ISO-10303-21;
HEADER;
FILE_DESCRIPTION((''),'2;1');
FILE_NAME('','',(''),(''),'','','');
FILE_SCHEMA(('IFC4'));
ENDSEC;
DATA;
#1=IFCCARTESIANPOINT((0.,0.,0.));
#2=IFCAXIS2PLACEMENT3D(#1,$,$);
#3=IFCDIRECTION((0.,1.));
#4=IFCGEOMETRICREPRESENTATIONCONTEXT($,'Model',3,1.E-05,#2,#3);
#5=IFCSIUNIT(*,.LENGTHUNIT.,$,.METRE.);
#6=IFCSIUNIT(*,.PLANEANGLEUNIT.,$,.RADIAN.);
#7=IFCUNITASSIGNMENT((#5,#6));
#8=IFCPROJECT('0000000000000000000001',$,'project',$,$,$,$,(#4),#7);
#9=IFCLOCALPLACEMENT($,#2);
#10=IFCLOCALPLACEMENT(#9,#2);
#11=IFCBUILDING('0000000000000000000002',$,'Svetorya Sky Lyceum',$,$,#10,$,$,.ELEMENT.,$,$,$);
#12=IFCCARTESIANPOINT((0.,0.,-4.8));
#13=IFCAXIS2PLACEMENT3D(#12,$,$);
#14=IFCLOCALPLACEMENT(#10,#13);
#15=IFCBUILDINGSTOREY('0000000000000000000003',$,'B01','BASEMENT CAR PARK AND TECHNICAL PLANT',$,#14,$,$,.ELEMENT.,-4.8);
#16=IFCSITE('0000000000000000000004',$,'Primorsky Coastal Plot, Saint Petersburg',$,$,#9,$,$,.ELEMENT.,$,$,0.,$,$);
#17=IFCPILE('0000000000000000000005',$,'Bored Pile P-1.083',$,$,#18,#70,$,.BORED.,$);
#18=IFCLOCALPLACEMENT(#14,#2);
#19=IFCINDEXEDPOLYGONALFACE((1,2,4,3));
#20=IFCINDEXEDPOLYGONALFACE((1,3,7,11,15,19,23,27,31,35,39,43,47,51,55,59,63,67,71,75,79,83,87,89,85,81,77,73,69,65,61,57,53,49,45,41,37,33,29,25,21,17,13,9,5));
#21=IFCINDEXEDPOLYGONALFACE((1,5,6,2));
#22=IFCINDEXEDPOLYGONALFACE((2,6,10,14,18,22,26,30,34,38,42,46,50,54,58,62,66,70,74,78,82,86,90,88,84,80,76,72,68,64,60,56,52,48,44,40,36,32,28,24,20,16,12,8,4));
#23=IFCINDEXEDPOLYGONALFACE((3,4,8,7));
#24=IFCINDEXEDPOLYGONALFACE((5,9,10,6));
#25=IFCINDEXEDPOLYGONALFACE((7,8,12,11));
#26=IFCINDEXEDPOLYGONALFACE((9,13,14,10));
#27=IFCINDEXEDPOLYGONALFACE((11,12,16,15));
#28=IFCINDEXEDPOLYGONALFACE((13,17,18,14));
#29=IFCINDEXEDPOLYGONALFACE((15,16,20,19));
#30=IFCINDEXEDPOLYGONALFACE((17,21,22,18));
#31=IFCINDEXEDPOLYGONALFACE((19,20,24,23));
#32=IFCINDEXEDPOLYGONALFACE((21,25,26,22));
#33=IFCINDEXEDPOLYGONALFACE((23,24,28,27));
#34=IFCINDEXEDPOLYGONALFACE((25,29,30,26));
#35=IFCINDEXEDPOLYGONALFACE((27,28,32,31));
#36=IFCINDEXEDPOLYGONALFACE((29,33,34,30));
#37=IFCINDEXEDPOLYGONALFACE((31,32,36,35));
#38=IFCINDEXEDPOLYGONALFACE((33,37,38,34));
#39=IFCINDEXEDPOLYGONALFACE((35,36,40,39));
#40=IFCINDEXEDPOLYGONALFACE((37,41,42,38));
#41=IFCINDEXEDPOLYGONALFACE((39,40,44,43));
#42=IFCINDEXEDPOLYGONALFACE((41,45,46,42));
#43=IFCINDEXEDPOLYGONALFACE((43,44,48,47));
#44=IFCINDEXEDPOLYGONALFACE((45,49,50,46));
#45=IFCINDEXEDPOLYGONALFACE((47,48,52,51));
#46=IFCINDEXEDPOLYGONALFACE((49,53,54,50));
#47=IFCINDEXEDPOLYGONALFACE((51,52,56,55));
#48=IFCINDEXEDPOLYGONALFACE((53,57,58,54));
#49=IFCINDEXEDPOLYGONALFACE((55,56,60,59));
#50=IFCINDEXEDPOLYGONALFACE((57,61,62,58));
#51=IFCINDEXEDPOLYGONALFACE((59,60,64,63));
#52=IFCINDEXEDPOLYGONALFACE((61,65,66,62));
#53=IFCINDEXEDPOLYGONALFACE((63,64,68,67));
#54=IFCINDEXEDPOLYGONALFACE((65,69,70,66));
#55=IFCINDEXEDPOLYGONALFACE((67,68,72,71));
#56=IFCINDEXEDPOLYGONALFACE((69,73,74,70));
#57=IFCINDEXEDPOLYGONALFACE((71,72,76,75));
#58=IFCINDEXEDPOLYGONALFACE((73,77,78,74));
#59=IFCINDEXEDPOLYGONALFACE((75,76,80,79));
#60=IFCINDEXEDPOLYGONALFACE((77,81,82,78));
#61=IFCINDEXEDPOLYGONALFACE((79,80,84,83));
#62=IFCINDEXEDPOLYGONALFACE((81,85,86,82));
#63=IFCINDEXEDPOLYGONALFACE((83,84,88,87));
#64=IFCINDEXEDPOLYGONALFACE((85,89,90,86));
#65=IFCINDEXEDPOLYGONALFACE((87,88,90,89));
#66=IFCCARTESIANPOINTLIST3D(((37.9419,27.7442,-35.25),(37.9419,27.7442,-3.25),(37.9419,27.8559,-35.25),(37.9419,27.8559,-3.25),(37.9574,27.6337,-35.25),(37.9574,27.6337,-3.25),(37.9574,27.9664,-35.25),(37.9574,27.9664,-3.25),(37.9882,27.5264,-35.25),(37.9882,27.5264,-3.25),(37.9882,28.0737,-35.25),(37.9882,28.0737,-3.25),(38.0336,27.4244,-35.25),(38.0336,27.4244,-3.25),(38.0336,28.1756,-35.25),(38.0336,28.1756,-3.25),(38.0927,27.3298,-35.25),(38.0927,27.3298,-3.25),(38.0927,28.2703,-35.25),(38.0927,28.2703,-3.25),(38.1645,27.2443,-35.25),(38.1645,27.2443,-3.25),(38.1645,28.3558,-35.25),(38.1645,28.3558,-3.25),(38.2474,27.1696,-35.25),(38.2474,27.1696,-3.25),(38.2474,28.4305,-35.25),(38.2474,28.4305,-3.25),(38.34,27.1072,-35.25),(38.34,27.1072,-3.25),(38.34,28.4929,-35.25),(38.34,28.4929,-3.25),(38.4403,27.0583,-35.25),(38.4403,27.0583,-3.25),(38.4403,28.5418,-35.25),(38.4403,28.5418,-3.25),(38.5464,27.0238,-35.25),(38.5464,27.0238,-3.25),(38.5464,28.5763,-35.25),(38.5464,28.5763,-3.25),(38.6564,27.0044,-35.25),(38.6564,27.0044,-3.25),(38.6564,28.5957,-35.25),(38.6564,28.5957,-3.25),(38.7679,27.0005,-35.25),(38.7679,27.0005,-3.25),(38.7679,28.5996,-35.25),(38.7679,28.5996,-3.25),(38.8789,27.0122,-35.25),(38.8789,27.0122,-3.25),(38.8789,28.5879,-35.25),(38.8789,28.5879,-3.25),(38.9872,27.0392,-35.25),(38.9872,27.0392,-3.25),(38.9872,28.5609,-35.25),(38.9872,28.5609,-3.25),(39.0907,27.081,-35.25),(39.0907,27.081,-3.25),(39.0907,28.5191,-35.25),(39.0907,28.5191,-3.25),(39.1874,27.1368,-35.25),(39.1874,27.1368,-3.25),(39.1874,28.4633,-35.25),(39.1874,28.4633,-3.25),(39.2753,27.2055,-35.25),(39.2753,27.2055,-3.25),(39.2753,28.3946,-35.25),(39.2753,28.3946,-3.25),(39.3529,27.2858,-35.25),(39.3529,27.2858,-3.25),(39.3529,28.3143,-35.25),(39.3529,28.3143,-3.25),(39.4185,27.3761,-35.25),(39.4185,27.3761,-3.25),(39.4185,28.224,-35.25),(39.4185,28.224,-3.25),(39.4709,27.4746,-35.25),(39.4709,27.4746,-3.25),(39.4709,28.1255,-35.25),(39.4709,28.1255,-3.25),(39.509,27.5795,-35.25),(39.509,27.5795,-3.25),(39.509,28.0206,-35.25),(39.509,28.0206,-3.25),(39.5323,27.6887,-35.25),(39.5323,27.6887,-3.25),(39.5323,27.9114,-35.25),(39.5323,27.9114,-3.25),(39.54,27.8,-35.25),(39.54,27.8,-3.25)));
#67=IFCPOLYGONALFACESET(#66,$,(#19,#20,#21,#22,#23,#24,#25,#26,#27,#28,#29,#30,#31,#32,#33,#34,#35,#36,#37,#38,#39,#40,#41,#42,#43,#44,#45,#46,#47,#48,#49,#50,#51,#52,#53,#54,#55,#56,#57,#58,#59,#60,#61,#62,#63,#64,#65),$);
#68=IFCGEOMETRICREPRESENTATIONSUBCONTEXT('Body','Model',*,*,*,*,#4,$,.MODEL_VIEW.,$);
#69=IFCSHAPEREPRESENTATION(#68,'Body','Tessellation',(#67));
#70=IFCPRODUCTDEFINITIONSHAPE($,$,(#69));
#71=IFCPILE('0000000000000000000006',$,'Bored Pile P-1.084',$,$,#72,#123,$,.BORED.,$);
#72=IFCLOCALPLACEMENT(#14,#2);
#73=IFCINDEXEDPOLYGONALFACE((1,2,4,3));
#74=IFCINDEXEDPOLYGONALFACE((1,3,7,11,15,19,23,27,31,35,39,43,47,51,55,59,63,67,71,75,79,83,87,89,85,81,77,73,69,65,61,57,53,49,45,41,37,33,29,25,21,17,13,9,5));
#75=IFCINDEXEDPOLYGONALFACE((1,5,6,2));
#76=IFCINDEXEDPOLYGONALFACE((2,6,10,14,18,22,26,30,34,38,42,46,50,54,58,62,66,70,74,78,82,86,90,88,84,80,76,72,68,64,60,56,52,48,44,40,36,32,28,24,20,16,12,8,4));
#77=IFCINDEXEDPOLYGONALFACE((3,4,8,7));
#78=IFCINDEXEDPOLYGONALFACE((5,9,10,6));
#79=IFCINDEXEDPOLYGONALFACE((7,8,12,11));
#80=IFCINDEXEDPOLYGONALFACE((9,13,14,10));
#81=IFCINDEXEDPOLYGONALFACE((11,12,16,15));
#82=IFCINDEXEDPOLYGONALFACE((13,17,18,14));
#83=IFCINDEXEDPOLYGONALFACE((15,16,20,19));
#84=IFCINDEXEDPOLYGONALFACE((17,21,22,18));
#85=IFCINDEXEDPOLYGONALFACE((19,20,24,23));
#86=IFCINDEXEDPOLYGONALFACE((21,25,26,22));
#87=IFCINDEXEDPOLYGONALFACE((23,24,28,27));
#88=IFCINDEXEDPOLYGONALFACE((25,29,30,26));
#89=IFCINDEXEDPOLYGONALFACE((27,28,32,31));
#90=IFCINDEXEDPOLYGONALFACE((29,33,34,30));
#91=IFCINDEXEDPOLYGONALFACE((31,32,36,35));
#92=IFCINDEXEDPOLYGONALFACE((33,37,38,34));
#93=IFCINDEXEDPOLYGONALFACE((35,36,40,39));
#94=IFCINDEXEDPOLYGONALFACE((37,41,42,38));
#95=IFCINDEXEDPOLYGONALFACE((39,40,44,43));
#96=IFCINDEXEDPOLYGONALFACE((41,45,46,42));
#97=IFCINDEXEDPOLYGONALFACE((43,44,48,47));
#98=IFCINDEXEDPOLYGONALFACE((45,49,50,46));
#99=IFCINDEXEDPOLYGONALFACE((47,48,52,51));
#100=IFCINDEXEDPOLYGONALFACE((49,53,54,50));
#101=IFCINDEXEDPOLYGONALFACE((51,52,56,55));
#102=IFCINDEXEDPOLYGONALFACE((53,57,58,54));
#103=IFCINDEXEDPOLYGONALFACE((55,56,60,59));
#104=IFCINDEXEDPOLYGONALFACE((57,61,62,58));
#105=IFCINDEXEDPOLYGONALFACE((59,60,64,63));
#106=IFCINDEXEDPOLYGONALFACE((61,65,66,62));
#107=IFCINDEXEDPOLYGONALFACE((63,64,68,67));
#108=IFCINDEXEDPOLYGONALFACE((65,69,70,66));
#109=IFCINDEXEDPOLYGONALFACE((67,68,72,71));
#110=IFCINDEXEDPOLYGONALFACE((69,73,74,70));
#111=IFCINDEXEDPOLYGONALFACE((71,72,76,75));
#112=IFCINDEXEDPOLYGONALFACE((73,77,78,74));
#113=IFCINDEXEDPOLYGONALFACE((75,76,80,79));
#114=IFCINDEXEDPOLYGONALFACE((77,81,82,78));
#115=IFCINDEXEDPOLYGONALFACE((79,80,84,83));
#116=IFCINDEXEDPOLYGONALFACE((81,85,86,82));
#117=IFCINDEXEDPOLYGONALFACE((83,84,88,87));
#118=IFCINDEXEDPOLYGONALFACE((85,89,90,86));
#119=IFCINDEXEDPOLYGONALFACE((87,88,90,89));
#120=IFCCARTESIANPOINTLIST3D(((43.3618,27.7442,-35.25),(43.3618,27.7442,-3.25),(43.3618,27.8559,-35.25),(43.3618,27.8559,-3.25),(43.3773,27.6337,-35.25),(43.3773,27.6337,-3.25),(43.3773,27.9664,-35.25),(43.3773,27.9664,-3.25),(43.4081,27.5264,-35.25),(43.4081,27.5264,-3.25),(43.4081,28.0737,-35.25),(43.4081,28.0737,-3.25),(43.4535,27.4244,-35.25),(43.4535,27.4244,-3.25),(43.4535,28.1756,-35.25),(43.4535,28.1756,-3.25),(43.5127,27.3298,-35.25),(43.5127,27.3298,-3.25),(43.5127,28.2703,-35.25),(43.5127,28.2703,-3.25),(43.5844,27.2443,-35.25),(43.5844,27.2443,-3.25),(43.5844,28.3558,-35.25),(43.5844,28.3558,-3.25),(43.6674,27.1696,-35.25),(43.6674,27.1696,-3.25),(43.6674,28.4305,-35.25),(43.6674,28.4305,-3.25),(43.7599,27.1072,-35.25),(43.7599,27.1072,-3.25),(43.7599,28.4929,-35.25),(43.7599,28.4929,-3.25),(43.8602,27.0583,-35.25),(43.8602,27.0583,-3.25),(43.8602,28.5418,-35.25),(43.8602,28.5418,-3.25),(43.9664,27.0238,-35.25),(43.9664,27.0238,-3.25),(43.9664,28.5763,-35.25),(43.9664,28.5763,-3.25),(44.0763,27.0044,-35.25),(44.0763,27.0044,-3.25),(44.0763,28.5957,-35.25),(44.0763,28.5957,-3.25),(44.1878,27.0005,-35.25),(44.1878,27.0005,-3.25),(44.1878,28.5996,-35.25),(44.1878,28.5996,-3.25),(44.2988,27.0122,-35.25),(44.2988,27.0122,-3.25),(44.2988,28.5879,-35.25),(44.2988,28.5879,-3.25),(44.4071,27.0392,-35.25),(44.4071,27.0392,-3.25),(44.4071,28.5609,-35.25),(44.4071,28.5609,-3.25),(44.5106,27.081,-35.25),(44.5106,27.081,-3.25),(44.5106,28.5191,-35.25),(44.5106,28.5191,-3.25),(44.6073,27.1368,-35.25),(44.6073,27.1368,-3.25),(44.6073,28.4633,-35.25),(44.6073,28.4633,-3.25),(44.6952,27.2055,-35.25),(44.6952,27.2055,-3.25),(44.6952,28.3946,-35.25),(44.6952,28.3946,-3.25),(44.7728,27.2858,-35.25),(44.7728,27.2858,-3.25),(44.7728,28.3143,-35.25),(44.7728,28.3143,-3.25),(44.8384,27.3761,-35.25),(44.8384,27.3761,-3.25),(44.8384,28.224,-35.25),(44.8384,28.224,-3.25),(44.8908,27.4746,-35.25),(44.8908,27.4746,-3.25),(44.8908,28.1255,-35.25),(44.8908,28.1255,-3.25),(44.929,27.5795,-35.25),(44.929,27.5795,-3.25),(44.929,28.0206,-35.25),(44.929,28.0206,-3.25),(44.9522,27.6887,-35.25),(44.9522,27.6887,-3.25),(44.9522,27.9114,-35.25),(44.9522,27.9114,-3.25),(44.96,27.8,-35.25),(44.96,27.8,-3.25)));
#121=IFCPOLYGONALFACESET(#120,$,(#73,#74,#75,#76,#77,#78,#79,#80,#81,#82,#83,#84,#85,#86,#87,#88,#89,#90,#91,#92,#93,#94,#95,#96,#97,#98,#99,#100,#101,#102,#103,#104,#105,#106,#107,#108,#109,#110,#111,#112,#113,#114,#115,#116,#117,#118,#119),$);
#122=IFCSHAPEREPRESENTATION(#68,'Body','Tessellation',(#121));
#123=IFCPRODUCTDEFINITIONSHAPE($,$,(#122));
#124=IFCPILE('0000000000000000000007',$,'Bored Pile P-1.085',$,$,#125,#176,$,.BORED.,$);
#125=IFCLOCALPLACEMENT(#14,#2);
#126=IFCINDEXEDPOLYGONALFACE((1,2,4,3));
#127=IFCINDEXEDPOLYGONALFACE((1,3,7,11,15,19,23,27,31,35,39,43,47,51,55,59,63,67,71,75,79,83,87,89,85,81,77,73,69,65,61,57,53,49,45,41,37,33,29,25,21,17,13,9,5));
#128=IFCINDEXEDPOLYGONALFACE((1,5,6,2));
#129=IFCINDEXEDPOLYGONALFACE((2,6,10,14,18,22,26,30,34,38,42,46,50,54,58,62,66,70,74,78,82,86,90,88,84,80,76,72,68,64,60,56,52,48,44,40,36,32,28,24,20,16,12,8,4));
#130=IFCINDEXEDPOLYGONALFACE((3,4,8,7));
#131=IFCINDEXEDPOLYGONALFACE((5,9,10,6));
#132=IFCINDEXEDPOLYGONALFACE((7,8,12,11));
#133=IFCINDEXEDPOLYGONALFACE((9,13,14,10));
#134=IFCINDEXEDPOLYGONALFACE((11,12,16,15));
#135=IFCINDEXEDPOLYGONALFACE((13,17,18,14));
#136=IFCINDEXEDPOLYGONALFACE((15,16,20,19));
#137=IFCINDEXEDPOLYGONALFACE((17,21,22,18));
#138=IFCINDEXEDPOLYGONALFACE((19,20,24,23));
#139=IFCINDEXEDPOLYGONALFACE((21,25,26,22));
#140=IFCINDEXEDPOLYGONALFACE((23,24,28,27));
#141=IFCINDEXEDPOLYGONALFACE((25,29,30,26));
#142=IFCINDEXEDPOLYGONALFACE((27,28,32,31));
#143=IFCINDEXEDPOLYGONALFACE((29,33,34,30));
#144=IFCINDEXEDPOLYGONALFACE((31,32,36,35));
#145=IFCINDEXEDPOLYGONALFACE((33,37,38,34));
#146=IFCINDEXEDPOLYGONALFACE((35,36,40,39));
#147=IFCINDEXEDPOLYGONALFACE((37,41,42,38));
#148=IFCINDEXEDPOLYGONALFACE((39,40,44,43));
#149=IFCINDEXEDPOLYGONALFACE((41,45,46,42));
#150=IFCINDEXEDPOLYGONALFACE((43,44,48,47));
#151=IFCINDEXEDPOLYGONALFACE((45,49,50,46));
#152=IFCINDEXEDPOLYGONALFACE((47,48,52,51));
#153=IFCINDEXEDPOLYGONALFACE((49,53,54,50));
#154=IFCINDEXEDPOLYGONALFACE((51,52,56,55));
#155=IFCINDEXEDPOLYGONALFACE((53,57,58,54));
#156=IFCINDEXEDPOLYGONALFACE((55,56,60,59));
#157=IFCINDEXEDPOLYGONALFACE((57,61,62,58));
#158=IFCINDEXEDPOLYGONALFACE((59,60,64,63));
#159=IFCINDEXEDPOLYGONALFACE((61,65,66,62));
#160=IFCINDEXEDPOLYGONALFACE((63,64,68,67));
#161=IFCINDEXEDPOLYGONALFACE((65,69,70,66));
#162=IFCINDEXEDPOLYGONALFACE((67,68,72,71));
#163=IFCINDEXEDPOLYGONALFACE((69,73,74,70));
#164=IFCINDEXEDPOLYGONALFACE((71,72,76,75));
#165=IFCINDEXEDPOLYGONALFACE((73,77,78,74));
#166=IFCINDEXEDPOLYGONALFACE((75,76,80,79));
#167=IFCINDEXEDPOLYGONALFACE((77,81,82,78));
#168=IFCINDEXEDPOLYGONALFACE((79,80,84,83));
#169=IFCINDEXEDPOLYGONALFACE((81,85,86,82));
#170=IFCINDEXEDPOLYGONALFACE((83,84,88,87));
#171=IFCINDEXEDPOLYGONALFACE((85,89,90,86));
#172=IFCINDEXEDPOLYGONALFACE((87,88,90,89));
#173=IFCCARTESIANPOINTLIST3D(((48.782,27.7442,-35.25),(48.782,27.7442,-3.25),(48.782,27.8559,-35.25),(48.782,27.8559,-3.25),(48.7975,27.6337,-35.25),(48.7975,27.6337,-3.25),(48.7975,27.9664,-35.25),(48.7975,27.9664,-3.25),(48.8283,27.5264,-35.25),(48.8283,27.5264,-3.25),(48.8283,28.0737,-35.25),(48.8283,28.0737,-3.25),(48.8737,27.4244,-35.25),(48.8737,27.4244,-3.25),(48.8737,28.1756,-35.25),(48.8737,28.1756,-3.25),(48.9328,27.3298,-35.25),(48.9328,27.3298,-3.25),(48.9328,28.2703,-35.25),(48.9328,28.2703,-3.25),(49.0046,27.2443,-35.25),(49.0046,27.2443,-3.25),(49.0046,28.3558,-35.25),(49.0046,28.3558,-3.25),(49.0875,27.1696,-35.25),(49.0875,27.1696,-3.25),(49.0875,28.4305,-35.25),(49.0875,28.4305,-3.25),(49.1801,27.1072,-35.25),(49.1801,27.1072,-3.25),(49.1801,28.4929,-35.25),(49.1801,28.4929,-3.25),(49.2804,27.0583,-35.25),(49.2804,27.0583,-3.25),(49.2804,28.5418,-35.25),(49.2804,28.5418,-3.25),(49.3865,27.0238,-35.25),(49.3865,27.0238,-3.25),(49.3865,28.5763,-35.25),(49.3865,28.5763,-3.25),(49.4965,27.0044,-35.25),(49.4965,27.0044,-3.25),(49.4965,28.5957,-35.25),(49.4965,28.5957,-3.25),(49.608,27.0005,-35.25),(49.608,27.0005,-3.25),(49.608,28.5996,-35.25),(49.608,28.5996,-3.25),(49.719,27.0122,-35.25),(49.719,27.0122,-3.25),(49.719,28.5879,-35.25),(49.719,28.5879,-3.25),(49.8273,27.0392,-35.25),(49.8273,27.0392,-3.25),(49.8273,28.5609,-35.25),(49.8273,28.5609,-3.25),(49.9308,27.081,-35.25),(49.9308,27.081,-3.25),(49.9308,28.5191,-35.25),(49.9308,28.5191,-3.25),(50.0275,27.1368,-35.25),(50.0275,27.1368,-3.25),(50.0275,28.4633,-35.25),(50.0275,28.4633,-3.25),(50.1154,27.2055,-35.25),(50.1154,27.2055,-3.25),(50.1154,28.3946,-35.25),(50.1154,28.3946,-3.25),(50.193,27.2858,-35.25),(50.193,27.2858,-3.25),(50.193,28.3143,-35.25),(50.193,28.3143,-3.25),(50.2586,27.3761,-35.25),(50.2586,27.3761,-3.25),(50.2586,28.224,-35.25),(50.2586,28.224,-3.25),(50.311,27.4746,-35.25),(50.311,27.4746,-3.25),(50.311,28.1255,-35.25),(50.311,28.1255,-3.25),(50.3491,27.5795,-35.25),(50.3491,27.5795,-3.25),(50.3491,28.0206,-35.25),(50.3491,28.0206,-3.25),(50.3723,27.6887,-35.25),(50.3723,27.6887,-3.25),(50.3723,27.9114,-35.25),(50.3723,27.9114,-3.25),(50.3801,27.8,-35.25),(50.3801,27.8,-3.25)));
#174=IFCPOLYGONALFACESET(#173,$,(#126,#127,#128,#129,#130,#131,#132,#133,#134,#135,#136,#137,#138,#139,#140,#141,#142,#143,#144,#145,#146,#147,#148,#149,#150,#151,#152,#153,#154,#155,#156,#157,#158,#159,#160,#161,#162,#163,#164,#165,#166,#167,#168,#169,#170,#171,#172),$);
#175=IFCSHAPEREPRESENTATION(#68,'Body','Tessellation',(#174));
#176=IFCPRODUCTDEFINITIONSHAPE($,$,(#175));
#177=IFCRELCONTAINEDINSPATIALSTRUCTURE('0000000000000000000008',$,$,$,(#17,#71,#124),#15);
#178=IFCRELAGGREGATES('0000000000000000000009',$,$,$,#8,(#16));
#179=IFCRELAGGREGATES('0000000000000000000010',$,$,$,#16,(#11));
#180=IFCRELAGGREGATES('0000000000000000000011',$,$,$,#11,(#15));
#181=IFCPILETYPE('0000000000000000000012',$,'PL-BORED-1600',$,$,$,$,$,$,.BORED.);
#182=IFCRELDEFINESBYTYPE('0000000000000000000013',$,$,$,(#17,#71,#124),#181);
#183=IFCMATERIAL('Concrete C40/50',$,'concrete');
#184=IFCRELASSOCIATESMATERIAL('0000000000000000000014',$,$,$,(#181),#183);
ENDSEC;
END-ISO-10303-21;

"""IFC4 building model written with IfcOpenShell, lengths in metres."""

from ifc_helpers import new_model, si_unit, direction, frame, origin, origin_2d, place, context, subcontext, project, spatial, circle, extrude, material, material_profile, profile_set, type_object, element, save


model = new_model("IFC4")

# Units and contexts
model_context = context("Model", 3, precision=1e-05, world=origin(), true_north=direction((0.0, 1.0)))
body_context = subcontext(model_context, "Body", "Model", "MODEL_VIEW")
ifc_project = project(units=[si_unit("LENGTHUNIT", "METRE"), si_unit("PLANEANGLEUNIT", "RADIAN")], contexts=[model_context])

# Site, building, storey
site_placement = place(None, origin())
site = spatial("IfcSite", under=ifc_project, at=site_placement, Name="Primorsky Coastal Plot, Saint Petersburg", CompositionType="ELEMENT", RefElevation=0.0)
building_placement = place(site_placement, origin())
building = spatial("IfcBuilding", under=site, at=building_placement, Name="Svetorya Sky Lyceum", CompositionType="ELEMENT")
storey_placement = place(building_placement, frame((0.0, 0.0, -4.8)))
storey = spatial("IfcBuildingStorey", under=building, at=storey_placement, Name="B01", Description="BASEMENT CAR PARK AND TECHNICAL PLANT", CompositionType="ELEMENT", Elevation=-4.8)

# Piles
ifc_material_1 = material(Name="Concrete C40/50", Category="concrete")
ifc_material_profile_1 = material_profile(ifc_material_1, circle(Radius=0.8, at=origin_2d()), Name="RC PILE D1600")
ifc_profile_set_1 = profile_set([ifc_material_profile_1], Name="Concrete C40/50")
pile_type = type_object("IfcPileType", Name="PL-BORED-1600", PredefinedType="BORED", material=ifc_profile_set_1)
for number, where, z_axis, x_axis, name in (
    (1, (38.74, 27.8, -3.25), (0.0, 0.0, -1.0), (1.0, 0.0, 0.0), "Bored Pile P-1.083"),
    (2, (44.1599, 27.8, -3.25), (0.0, 0.0, -1.0), (1.0, 0.0, 0.0), "Bored Pile P-1.084"),
    (3, (49.5801, 27.8, -3.25), (0.0, 0.0, -1.0), (1.0, 0.0, 0.0), "Bored Pile P-1.085"),
):
    element("IfcPile", number, at=place(storey_placement, frame(where, z_axis=z_axis, x_axis=x_axis)), inside=storey, type_object=pile_type, Name=name, PredefinedType="BORED", context=body_context, shape_type="SweptSolid", body=[
        extrude(circle(Radius=0.8, at=origin_2d()), origin(), (0.0, 0.0, 1.0), 32.0),
    ])

save(model, "model.ifc")
